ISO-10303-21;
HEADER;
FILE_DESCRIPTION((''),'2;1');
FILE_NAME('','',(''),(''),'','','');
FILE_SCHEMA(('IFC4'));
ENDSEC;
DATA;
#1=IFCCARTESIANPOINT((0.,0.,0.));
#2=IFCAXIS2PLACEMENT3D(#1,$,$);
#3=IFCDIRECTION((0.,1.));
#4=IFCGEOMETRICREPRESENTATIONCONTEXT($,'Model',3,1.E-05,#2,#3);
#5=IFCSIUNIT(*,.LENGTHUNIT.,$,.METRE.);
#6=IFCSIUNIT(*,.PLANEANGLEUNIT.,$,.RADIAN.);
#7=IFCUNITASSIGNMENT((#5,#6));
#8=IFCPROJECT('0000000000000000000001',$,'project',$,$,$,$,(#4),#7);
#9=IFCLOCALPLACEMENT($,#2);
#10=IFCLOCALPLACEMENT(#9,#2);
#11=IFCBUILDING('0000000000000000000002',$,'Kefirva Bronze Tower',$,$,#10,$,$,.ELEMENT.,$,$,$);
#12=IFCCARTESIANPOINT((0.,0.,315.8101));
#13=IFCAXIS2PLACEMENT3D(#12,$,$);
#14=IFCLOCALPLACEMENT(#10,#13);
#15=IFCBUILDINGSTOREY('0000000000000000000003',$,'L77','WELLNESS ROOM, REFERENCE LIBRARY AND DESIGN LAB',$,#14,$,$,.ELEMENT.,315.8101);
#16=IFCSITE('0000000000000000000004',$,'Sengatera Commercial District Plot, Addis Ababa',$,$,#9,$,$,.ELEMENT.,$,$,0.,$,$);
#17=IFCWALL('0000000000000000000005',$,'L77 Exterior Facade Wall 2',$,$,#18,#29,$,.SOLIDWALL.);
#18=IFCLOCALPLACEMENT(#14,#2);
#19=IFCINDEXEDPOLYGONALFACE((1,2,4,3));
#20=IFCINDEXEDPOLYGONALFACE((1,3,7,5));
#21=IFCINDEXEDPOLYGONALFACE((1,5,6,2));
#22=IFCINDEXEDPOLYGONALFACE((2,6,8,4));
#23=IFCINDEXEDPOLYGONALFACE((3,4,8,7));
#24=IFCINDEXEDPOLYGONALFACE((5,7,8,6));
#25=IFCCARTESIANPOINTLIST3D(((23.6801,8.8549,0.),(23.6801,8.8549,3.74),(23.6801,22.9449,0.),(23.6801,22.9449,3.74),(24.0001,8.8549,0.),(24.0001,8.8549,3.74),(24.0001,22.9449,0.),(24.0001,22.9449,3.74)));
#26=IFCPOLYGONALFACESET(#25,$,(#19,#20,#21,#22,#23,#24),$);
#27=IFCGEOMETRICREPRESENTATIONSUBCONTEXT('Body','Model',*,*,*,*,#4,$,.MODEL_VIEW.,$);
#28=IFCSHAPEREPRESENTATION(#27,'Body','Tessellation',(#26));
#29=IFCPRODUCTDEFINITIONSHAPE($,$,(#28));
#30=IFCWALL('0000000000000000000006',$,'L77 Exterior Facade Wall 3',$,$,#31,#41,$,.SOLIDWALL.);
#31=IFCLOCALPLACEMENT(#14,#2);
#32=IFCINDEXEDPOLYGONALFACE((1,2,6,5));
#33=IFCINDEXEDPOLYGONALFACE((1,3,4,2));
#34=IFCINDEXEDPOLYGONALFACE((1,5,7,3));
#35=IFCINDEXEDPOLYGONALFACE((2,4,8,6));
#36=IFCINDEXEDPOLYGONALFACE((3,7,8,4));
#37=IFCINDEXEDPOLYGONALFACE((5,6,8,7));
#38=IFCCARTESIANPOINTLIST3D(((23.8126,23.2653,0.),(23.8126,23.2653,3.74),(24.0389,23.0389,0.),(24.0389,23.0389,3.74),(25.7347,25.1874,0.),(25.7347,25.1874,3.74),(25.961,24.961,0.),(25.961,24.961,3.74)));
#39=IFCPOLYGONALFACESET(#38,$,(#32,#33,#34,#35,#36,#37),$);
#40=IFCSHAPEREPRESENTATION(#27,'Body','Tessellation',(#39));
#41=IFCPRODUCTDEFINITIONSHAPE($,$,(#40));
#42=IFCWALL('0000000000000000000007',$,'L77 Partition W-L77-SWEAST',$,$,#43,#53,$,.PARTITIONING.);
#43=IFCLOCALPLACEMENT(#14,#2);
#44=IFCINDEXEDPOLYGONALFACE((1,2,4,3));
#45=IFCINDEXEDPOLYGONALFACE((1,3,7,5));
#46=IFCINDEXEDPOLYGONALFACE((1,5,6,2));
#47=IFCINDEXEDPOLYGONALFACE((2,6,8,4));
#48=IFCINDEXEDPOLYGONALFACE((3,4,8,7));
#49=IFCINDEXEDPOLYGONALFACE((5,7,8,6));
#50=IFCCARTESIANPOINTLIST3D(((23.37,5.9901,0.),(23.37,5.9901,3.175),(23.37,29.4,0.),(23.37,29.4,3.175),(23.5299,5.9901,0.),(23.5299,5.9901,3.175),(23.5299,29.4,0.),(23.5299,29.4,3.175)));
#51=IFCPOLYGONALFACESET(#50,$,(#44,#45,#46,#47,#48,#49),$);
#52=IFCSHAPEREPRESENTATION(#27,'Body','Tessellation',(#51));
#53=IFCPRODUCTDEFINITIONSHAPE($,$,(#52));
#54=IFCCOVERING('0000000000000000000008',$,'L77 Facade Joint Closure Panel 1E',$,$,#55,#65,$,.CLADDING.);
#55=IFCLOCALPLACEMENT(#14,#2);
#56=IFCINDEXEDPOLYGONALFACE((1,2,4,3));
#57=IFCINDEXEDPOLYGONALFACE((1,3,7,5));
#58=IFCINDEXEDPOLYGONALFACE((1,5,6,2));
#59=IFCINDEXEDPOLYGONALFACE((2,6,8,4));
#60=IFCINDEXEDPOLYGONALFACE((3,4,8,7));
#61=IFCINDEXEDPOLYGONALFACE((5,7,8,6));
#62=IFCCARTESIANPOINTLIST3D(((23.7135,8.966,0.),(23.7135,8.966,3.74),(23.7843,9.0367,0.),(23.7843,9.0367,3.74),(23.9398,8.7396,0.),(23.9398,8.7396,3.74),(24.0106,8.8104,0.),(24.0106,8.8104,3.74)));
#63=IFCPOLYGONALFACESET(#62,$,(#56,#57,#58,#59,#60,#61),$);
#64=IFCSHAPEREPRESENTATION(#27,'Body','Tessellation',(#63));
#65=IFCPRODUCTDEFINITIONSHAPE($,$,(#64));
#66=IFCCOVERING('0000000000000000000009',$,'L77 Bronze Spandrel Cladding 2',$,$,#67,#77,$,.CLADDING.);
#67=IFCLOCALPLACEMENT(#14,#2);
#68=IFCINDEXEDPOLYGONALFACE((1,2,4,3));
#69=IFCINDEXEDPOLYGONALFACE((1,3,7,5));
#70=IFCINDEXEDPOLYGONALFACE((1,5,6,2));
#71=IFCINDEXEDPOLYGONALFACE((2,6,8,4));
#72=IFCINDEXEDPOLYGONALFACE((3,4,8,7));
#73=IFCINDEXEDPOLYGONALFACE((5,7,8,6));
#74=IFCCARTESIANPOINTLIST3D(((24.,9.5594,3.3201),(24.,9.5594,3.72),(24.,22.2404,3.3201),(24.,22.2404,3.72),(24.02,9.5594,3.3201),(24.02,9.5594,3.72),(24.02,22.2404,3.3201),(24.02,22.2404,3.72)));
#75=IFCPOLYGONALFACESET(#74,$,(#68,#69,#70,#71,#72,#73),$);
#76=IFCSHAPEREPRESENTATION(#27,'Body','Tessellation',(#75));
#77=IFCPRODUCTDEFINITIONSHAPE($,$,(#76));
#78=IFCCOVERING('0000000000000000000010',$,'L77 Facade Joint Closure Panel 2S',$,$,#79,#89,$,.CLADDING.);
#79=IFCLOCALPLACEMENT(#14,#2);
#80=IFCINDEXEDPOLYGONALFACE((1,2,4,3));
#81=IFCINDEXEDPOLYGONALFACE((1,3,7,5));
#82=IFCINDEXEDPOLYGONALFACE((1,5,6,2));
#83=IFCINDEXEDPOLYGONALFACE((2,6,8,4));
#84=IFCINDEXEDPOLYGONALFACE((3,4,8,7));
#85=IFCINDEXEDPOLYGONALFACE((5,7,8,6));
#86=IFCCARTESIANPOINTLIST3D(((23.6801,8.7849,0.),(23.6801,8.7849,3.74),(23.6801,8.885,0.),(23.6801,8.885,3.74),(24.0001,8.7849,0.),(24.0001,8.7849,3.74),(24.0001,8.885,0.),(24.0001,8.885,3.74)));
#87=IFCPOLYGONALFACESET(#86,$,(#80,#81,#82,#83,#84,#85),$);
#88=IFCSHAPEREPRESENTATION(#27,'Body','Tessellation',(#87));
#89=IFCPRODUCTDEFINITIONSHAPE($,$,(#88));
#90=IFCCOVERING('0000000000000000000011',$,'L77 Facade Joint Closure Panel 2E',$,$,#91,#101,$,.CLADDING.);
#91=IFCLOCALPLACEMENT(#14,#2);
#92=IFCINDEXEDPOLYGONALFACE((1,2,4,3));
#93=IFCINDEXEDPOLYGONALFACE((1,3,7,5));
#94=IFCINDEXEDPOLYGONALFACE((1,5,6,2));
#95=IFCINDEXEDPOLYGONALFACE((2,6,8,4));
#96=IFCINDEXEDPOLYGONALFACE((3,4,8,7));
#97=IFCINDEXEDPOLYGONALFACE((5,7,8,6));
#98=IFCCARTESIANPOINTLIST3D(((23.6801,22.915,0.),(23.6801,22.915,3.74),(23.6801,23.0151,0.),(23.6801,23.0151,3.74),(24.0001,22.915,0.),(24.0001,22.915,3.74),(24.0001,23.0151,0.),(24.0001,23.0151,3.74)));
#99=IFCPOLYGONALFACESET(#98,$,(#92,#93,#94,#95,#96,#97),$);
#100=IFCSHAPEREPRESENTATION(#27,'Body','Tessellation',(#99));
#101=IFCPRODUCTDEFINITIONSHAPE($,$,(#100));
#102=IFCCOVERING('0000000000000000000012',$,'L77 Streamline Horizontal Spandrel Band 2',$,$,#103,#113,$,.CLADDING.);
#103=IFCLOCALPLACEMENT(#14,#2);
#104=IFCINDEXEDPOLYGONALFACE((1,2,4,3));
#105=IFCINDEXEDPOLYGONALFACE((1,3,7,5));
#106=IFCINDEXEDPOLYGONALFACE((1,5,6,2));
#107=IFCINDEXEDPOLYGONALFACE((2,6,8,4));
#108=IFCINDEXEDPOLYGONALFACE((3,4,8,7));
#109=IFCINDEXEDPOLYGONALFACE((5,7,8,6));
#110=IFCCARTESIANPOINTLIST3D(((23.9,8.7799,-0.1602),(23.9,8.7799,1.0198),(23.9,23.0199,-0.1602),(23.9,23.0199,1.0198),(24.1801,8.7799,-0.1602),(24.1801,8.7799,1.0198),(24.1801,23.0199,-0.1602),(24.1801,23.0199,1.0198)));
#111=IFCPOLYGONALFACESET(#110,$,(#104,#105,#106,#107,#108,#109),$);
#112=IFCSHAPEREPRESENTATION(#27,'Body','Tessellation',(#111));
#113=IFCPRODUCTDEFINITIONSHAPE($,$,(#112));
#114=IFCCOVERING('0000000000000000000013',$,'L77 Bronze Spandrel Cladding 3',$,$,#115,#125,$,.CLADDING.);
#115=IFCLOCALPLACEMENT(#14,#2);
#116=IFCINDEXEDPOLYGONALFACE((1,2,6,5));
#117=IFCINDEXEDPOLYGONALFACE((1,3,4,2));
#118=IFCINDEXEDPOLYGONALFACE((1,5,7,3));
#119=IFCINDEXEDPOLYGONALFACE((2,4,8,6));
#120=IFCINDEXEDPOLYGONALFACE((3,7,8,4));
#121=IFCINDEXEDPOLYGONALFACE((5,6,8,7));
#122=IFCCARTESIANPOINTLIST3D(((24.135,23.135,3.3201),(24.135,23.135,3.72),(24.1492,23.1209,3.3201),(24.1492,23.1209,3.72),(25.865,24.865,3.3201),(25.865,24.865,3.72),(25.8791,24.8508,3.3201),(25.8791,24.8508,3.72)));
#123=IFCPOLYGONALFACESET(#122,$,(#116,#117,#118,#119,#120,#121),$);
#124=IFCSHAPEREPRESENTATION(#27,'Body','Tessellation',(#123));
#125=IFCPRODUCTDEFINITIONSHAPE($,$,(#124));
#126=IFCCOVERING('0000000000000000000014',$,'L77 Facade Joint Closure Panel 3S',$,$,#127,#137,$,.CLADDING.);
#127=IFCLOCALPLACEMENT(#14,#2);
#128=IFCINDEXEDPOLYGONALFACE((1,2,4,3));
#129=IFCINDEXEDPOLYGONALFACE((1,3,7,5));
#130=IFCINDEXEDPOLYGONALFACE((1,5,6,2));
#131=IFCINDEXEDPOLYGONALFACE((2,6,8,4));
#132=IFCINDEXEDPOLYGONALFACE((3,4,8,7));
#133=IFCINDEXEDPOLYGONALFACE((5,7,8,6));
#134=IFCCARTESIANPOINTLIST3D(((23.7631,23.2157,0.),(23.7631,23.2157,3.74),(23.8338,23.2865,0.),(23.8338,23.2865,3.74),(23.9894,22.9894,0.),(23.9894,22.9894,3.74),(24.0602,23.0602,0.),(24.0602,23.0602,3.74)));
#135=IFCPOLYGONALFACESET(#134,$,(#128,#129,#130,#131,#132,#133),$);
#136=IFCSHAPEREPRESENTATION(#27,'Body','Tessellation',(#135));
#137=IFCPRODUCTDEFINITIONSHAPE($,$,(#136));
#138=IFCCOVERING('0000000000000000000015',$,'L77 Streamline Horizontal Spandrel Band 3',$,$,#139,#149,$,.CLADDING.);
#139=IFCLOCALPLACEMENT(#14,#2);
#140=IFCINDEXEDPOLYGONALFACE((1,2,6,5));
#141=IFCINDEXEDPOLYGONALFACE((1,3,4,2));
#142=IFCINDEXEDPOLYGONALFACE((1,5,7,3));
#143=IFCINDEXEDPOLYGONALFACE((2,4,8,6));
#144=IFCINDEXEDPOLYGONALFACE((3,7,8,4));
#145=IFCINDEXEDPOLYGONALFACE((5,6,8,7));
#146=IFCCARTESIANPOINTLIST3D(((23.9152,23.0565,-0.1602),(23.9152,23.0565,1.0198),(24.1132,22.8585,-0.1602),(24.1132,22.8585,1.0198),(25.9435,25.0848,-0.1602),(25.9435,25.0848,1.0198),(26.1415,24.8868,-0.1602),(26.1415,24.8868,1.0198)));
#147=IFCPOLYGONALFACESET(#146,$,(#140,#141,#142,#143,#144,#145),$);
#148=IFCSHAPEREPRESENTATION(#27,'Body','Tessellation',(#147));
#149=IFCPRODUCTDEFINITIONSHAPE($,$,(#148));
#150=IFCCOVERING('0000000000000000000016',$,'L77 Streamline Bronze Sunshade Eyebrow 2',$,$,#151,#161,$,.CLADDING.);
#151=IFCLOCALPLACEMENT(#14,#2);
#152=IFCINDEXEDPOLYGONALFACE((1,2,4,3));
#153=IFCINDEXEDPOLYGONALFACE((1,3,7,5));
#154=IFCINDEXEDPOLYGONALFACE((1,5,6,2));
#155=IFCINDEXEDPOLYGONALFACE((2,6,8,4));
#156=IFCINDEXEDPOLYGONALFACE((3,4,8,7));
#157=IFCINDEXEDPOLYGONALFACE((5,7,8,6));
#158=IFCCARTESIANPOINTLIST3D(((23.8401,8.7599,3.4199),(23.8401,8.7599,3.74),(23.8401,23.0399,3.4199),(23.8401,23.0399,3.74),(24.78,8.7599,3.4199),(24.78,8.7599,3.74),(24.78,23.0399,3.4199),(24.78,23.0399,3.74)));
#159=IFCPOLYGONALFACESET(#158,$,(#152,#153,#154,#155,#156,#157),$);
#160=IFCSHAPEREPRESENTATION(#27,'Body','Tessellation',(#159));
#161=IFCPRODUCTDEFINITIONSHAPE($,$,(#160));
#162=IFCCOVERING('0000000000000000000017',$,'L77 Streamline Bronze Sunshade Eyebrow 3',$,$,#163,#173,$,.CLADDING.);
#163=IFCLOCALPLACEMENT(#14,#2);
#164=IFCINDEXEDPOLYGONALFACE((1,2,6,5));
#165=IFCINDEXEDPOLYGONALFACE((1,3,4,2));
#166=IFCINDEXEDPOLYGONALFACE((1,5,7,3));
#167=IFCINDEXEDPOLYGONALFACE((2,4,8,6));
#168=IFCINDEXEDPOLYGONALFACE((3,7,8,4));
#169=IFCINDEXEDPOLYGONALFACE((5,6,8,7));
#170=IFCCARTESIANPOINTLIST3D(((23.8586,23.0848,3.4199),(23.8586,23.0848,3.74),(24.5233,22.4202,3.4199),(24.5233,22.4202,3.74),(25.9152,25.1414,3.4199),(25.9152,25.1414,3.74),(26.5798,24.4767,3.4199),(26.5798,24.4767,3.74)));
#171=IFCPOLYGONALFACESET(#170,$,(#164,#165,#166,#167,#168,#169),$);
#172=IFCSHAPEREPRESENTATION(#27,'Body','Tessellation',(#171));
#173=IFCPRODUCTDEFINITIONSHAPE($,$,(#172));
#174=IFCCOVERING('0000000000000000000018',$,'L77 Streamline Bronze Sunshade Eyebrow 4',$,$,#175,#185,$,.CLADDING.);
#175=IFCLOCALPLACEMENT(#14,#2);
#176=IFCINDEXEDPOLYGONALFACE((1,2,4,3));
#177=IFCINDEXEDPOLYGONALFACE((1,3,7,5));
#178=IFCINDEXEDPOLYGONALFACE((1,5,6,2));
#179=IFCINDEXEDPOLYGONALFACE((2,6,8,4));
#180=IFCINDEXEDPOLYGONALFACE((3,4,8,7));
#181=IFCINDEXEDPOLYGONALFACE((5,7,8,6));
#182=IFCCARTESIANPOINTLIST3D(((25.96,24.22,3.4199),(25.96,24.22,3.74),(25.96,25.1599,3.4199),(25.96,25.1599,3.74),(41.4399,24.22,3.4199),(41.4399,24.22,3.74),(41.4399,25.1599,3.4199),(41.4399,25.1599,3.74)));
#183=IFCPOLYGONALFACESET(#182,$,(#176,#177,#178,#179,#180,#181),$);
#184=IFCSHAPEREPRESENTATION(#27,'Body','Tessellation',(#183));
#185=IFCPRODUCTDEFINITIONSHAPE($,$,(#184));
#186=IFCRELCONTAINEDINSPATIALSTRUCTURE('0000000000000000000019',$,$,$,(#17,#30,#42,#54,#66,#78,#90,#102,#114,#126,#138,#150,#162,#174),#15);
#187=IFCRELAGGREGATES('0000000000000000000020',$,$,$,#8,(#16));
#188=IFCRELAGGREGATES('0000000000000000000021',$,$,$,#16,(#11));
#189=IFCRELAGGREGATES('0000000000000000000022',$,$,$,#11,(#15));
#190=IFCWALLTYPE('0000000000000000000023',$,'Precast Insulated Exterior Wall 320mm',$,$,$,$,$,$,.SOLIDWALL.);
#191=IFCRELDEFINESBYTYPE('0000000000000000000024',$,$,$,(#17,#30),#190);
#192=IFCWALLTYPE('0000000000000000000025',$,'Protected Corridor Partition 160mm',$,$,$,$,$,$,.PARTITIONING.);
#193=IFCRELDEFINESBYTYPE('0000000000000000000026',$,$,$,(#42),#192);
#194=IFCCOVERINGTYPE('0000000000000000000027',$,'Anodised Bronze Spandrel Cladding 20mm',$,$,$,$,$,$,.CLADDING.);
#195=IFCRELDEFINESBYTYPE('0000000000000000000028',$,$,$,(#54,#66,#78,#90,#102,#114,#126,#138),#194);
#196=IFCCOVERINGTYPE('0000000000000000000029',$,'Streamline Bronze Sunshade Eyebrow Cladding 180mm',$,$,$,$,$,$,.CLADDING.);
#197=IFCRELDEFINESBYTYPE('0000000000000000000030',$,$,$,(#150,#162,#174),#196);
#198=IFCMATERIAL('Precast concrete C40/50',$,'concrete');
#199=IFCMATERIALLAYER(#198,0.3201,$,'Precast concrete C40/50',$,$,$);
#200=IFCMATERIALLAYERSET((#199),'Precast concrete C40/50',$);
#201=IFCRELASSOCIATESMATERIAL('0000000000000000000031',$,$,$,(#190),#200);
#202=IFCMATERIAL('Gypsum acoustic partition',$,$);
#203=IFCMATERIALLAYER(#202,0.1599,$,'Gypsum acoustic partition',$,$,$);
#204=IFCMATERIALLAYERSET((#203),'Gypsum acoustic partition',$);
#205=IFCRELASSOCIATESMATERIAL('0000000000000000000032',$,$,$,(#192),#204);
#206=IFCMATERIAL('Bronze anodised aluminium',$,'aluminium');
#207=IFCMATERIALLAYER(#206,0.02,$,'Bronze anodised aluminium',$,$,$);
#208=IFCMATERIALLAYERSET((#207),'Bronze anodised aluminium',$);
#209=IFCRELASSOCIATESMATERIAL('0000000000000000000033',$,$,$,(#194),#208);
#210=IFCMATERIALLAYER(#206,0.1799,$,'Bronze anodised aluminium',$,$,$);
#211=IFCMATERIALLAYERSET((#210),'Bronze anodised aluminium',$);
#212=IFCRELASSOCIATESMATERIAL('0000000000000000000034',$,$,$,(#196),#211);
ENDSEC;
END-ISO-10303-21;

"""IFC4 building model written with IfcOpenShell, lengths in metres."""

from ifc_helpers import new_model, si_unit, direction, frame, frame_2d, origin, origin_2d, place, context, subcontext, project, spatial, rectangle, extrude, material, layer, layer_set, type_object, element, save


model = new_model("IFC4")

# Units and contexts
model_context = context("Model", 3, precision=1e-05, world=origin(), true_north=direction((0.0, 1.0)))
body_context = subcontext(model_context, "Body", "Model", "MODEL_VIEW")
ifc_project = project(units=[si_unit("LENGTHUNIT", "METRE"), si_unit("PLANEANGLEUNIT", "RADIAN")], contexts=[model_context])

# Site, building, storey
site_placement = place(None, origin())
site = spatial("IfcSite", under=ifc_project, at=site_placement, Name="Sengatera Commercial District Plot, Addis Ababa", CompositionType="ELEMENT", RefElevation=0.0)
building_placement = place(site_placement, origin())
building = spatial("IfcBuilding", under=site, at=building_placement, Name="Kefirva Bronze Tower", CompositionType="ELEMENT")
storey_placement = place(building_placement, frame((0.0, 0.0, 315.8101)))
storey = spatial("IfcBuildingStorey", under=building, at=storey_placement, Name="L77", Description="WELLNESS ROOM, REFERENCE LIBRARY AND DESIGN LAB", CompositionType="ELEMENT", Elevation=315.8101)

# Walls
ifc_material_1 = material(Name="Precast concrete C40/50", Category="concrete")
ifc_layer_1 = layer(ifc_material_1, 0.3201, Name="Precast concrete C40/50")
ifc_layer_set_1 = layer_set([ifc_layer_1], Name="Precast concrete C40/50")
wall_type_1 = type_object("IfcWallType", Name="Precast Insulated Exterior Wall 320mm", PredefinedType="SOLIDWALL", material=ifc_layer_set_1)
wall_1_placement = place(storey_placement, frame((23.8401, 8.855, 0.0), z_axis=(0.0, 0.0, 1.0), x_axis=(0.0, 1.0, 0.0)))
element("IfcWall", 1, at=wall_1_placement, inside=storey, type_object=wall_type_1, Name="L77 Exterior Facade Wall 2", PredefinedType="SOLIDWALL", context=body_context, shape_type="SweptSolid", body=[
    extrude(rectangle(XDim=14.0901, YDim=0.3201, at=frame_2d((7.0449, 0.0))), origin(), (0.0, 0.0, 1.0), 3.74),
])
wall_2_placement = place(storey_placement, frame((23.9258, 23.1521, 0.0), z_axis=(0.0, 0.0, 1.0), x_axis=(0.707107, 0.707107, 0.0)))
element("IfcWall", 2, at=wall_2_placement, inside=storey, type_object=wall_type_1, Name="L77 Exterior Facade Wall 3", PredefinedType="SOLIDWALL", context=body_context, shape_type="SweptSolid", body=[
    extrude(rectangle(XDim=2.7183, YDim=0.3201, at=frame_2d((1.3591, 0.0))), origin(), (0.0, 0.0, 1.0), 3.74),
])
ifc_material_2 = material(Name="Gypsum acoustic partition")
ifc_layer_2 = layer(ifc_material_2, 0.1599, Name="Gypsum acoustic partition")
ifc_layer_set_2 = layer_set([ifc_layer_2], Name="Gypsum acoustic partition")
wall_type_2 = type_object("IfcWallType", Name="Protected Corridor Partition 160mm", PredefinedType="PARTITIONING", material=ifc_layer_set_2)
wall_3_placement = place(storey_placement, frame((23.45, 5.99, 0.0), z_axis=(0.0, 0.0, 1.0), x_axis=(0.0, 1.0, 0.0)))
element("IfcWall", 3, at=wall_3_placement, inside=storey, type_object=wall_type_2, Name="L77 Partition W-L77-SWEAST", PredefinedType="PARTITIONING", context=body_context, shape_type="SweptSolid", body=[
    extrude(rectangle(XDim=23.4099, YDim=0.1599, at=frame_2d((11.7051, 0.0))), origin(), (0.0, 0.0, 1.0), 3.175),
])

# Coverings
ifc_material_3 = material(Name="Bronze anodised aluminium", Category="aluminium")
ifc_layer_3 = layer(ifc_material_3, 0.02, Name="Bronze anodised aluminium")
ifc_layer_set_3 = layer_set([ifc_layer_3], Name="Bronze anodised aluminium")
covering_type_1 = type_object("IfcCoveringType", Name="Anodised Bronze Spandrel Cladding 20mm", PredefinedType="CLADDING", material=ifc_layer_set_3)
covering_1_placement = place(storey_placement, frame((23.8621, 8.8882, 0.0), z_axis=(0.0, 0.0, 1.0), x_axis=(0.707107, 0.707107, 0.0)))
element("IfcCovering", 4, at=covering_1_placement, inside=storey, type_object=covering_type_1, Name="L77 Facade Joint Closure Panel 1E", PredefinedType="CLADDING", context=body_context, shape_type="SweptSolid", body=[
    extrude(rectangle(XDim=0.1001, YDim=0.3201, at=origin_2d()), origin(), (0.0, 0.0, 1.0), 3.74),
])
covering_2_placement = place(storey_placement, frame((24.01, 15.8999, 3.3201), z_axis=(0.0, 0.0, 1.0), x_axis=(0.0, 1.0, 0.0)))
element("IfcCovering", 5, at=covering_2_placement, inside=storey, type_object=covering_type_1, Name="L77 Bronze Spandrel Cladding 2", PredefinedType="CLADDING", context=body_context, shape_type="SweptSolid", body=[
    extrude(rectangle(XDim=12.6809, YDim=0.02, at=origin_2d()), origin(), (0.0, 0.0, 1.0), 0.3999),
])
for number, where, z_axis, x_axis, name in (
    (6, (23.8401, 8.835, 0.0), (0.0, 0.0, 1.0), (0.0, 1.0, 0.0), "L77 Facade Joint Closure Panel 2S"),
    (7, (23.8401, 22.9651, 0.0), (0.0, 0.0, 1.0), (0.0, 1.0, 0.0), "L77 Facade Joint Closure Panel 2E"),
):
    element("IfcCovering", number, at=place(storey_placement, frame(where, z_axis=z_axis, x_axis=x_axis)), inside=storey, type_object=covering_type_1, Name=name, PredefinedType="CLADDING", context=body_context, shape_type="SweptSolid", body=[
        extrude(rectangle(XDim=0.1001, YDim=0.3201, at=origin_2d()), origin(), (0.0, 0.0, 1.0), 3.74),
    ])
covering_3_placement = place(storey_placement, frame((24.04, 15.8999, -0.1602), z_axis=(0.0, 0.0, 1.0), x_axis=(0.0, 1.0, 0.0)))
element("IfcCovering", 8, at=covering_3_placement, inside=storey, type_object=covering_type_1, Name="L77 Streamline Horizontal Spandrel Band 2", PredefinedType="CLADDING", context=body_context, shape_type="SweptSolid", body=[
    extrude(rectangle(XDim=14.24, YDim=0.28, at=origin_2d()), origin(), (0.0, 0.0, 1.0), 1.1799),
])
covering_4_placement = place(storey_placement, frame((25.0071, 23.9929, 3.3201), z_axis=(0.0, 0.0, 1.0), x_axis=(0.707107, 0.707107, 0.0)))
element("IfcCovering", 9, at=covering_4_placement, inside=storey, type_object=covering_type_1, Name="L77 Bronze Spandrel Cladding 3", PredefinedType="CLADDING", context=body_context, shape_type="SweptSolid", body=[
    extrude(rectangle(XDim=2.4465, YDim=0.02, at=origin_2d()), origin(), (0.0, 0.0, 1.0), 0.3999),
])
covering_5_placement = place(storey_placement, frame((23.9116, 23.1379, 0.0), z_axis=(0.0, 0.0, 1.0), x_axis=(0.707107, 0.707107, 0.0)))
element("IfcCovering", 10, at=covering_5_placement, inside=storey, type_object=covering_type_1, Name="L77 Facade Joint Closure Panel 3S", PredefinedType="CLADDING", context=body_context, shape_type="SweptSolid", body=[
    extrude(rectangle(XDim=0.1001, YDim=0.3201, at=origin_2d()), origin(), (0.0, 0.0, 1.0), 3.74),
])
covering_6_placement = place(storey_placement, frame((25.0283, 23.9717, -0.1602), z_axis=(0.0, 0.0, 1.0), x_axis=(0.707107, 0.707107, 0.0)))
element("IfcCovering", 11, at=covering_6_placement, inside=storey, type_object=covering_type_1, Name="L77 Streamline Horizontal Spandrel Band 3", PredefinedType="CLADDING", context=body_context, shape_type="SweptSolid", body=[
    extrude(rectangle(XDim=2.8684, YDim=0.28, at=origin_2d()), origin(), (0.0, 0.0, 1.0), 1.1799),
])
ifc_layer_4 = layer(ifc_material_3, 0.1799, Name="Bronze anodised aluminium")
ifc_layer_set_4 = layer_set([ifc_layer_4], Name="Bronze anodised aluminium")
covering_type_2 = type_object("IfcCoveringType", Name="Streamline Bronze Sunshade Eyebrow Cladding 180mm", PredefinedType="CLADDING", material=ifc_layer_set_4)
covering_7_placement = place(storey_placement, frame((24.3101, 15.8999, 3.4199), z_axis=(0.0, 0.0, 1.0), x_axis=(0.0, 1.0, 0.0)))
element("IfcCovering", 12, at=covering_7_placement, inside=storey, type_object=covering_type_2, Name="L77 Streamline Bronze Sunshade Eyebrow 2", PredefinedType="CLADDING", context=body_context, shape_type="SweptSolid", body=[
    extrude(rectangle(XDim=14.28, YDim=0.9399, at=origin_2d()), origin(), (0.0, 0.0, 1.0), 0.3201),
])
covering_8_placement = place(storey_placement, frame((25.2192, 23.7808, 3.4199), z_axis=(0.0, 0.0, 1.0), x_axis=(0.707107, 0.707107, 0.0)))
element("IfcCovering", 13, at=covering_8_placement, inside=storey, type_object=covering_type_2, Name="L77 Streamline Bronze Sunshade Eyebrow 3", PredefinedType="CLADDING", context=body_context, shape_type="SweptSolid", body=[
    extrude(rectangle(XDim=2.9084, YDim=0.9399, at=origin_2d()), origin(), (0.0, 0.0, 1.0), 0.3201),
])
covering_9_placement = place(storey_placement, frame((33.7, 24.6899, 3.4199), z_axis=(0.0, 0.0, 1.0), x_axis=(1.0, 0.0, 0.0)))
element("IfcCovering", 14, at=covering_9_placement, inside=storey, type_object=covering_type_2, Name="L77 Streamline Bronze Sunshade Eyebrow 4", PredefinedType="CLADDING", context=body_context, shape_type="SweptSolid", body=[
    extrude(rectangle(XDim=15.48, YDim=0.9399, at=origin_2d()), origin(), (0.0, 0.0, 1.0), 0.3201),
])

save(model, "model.ifc")
